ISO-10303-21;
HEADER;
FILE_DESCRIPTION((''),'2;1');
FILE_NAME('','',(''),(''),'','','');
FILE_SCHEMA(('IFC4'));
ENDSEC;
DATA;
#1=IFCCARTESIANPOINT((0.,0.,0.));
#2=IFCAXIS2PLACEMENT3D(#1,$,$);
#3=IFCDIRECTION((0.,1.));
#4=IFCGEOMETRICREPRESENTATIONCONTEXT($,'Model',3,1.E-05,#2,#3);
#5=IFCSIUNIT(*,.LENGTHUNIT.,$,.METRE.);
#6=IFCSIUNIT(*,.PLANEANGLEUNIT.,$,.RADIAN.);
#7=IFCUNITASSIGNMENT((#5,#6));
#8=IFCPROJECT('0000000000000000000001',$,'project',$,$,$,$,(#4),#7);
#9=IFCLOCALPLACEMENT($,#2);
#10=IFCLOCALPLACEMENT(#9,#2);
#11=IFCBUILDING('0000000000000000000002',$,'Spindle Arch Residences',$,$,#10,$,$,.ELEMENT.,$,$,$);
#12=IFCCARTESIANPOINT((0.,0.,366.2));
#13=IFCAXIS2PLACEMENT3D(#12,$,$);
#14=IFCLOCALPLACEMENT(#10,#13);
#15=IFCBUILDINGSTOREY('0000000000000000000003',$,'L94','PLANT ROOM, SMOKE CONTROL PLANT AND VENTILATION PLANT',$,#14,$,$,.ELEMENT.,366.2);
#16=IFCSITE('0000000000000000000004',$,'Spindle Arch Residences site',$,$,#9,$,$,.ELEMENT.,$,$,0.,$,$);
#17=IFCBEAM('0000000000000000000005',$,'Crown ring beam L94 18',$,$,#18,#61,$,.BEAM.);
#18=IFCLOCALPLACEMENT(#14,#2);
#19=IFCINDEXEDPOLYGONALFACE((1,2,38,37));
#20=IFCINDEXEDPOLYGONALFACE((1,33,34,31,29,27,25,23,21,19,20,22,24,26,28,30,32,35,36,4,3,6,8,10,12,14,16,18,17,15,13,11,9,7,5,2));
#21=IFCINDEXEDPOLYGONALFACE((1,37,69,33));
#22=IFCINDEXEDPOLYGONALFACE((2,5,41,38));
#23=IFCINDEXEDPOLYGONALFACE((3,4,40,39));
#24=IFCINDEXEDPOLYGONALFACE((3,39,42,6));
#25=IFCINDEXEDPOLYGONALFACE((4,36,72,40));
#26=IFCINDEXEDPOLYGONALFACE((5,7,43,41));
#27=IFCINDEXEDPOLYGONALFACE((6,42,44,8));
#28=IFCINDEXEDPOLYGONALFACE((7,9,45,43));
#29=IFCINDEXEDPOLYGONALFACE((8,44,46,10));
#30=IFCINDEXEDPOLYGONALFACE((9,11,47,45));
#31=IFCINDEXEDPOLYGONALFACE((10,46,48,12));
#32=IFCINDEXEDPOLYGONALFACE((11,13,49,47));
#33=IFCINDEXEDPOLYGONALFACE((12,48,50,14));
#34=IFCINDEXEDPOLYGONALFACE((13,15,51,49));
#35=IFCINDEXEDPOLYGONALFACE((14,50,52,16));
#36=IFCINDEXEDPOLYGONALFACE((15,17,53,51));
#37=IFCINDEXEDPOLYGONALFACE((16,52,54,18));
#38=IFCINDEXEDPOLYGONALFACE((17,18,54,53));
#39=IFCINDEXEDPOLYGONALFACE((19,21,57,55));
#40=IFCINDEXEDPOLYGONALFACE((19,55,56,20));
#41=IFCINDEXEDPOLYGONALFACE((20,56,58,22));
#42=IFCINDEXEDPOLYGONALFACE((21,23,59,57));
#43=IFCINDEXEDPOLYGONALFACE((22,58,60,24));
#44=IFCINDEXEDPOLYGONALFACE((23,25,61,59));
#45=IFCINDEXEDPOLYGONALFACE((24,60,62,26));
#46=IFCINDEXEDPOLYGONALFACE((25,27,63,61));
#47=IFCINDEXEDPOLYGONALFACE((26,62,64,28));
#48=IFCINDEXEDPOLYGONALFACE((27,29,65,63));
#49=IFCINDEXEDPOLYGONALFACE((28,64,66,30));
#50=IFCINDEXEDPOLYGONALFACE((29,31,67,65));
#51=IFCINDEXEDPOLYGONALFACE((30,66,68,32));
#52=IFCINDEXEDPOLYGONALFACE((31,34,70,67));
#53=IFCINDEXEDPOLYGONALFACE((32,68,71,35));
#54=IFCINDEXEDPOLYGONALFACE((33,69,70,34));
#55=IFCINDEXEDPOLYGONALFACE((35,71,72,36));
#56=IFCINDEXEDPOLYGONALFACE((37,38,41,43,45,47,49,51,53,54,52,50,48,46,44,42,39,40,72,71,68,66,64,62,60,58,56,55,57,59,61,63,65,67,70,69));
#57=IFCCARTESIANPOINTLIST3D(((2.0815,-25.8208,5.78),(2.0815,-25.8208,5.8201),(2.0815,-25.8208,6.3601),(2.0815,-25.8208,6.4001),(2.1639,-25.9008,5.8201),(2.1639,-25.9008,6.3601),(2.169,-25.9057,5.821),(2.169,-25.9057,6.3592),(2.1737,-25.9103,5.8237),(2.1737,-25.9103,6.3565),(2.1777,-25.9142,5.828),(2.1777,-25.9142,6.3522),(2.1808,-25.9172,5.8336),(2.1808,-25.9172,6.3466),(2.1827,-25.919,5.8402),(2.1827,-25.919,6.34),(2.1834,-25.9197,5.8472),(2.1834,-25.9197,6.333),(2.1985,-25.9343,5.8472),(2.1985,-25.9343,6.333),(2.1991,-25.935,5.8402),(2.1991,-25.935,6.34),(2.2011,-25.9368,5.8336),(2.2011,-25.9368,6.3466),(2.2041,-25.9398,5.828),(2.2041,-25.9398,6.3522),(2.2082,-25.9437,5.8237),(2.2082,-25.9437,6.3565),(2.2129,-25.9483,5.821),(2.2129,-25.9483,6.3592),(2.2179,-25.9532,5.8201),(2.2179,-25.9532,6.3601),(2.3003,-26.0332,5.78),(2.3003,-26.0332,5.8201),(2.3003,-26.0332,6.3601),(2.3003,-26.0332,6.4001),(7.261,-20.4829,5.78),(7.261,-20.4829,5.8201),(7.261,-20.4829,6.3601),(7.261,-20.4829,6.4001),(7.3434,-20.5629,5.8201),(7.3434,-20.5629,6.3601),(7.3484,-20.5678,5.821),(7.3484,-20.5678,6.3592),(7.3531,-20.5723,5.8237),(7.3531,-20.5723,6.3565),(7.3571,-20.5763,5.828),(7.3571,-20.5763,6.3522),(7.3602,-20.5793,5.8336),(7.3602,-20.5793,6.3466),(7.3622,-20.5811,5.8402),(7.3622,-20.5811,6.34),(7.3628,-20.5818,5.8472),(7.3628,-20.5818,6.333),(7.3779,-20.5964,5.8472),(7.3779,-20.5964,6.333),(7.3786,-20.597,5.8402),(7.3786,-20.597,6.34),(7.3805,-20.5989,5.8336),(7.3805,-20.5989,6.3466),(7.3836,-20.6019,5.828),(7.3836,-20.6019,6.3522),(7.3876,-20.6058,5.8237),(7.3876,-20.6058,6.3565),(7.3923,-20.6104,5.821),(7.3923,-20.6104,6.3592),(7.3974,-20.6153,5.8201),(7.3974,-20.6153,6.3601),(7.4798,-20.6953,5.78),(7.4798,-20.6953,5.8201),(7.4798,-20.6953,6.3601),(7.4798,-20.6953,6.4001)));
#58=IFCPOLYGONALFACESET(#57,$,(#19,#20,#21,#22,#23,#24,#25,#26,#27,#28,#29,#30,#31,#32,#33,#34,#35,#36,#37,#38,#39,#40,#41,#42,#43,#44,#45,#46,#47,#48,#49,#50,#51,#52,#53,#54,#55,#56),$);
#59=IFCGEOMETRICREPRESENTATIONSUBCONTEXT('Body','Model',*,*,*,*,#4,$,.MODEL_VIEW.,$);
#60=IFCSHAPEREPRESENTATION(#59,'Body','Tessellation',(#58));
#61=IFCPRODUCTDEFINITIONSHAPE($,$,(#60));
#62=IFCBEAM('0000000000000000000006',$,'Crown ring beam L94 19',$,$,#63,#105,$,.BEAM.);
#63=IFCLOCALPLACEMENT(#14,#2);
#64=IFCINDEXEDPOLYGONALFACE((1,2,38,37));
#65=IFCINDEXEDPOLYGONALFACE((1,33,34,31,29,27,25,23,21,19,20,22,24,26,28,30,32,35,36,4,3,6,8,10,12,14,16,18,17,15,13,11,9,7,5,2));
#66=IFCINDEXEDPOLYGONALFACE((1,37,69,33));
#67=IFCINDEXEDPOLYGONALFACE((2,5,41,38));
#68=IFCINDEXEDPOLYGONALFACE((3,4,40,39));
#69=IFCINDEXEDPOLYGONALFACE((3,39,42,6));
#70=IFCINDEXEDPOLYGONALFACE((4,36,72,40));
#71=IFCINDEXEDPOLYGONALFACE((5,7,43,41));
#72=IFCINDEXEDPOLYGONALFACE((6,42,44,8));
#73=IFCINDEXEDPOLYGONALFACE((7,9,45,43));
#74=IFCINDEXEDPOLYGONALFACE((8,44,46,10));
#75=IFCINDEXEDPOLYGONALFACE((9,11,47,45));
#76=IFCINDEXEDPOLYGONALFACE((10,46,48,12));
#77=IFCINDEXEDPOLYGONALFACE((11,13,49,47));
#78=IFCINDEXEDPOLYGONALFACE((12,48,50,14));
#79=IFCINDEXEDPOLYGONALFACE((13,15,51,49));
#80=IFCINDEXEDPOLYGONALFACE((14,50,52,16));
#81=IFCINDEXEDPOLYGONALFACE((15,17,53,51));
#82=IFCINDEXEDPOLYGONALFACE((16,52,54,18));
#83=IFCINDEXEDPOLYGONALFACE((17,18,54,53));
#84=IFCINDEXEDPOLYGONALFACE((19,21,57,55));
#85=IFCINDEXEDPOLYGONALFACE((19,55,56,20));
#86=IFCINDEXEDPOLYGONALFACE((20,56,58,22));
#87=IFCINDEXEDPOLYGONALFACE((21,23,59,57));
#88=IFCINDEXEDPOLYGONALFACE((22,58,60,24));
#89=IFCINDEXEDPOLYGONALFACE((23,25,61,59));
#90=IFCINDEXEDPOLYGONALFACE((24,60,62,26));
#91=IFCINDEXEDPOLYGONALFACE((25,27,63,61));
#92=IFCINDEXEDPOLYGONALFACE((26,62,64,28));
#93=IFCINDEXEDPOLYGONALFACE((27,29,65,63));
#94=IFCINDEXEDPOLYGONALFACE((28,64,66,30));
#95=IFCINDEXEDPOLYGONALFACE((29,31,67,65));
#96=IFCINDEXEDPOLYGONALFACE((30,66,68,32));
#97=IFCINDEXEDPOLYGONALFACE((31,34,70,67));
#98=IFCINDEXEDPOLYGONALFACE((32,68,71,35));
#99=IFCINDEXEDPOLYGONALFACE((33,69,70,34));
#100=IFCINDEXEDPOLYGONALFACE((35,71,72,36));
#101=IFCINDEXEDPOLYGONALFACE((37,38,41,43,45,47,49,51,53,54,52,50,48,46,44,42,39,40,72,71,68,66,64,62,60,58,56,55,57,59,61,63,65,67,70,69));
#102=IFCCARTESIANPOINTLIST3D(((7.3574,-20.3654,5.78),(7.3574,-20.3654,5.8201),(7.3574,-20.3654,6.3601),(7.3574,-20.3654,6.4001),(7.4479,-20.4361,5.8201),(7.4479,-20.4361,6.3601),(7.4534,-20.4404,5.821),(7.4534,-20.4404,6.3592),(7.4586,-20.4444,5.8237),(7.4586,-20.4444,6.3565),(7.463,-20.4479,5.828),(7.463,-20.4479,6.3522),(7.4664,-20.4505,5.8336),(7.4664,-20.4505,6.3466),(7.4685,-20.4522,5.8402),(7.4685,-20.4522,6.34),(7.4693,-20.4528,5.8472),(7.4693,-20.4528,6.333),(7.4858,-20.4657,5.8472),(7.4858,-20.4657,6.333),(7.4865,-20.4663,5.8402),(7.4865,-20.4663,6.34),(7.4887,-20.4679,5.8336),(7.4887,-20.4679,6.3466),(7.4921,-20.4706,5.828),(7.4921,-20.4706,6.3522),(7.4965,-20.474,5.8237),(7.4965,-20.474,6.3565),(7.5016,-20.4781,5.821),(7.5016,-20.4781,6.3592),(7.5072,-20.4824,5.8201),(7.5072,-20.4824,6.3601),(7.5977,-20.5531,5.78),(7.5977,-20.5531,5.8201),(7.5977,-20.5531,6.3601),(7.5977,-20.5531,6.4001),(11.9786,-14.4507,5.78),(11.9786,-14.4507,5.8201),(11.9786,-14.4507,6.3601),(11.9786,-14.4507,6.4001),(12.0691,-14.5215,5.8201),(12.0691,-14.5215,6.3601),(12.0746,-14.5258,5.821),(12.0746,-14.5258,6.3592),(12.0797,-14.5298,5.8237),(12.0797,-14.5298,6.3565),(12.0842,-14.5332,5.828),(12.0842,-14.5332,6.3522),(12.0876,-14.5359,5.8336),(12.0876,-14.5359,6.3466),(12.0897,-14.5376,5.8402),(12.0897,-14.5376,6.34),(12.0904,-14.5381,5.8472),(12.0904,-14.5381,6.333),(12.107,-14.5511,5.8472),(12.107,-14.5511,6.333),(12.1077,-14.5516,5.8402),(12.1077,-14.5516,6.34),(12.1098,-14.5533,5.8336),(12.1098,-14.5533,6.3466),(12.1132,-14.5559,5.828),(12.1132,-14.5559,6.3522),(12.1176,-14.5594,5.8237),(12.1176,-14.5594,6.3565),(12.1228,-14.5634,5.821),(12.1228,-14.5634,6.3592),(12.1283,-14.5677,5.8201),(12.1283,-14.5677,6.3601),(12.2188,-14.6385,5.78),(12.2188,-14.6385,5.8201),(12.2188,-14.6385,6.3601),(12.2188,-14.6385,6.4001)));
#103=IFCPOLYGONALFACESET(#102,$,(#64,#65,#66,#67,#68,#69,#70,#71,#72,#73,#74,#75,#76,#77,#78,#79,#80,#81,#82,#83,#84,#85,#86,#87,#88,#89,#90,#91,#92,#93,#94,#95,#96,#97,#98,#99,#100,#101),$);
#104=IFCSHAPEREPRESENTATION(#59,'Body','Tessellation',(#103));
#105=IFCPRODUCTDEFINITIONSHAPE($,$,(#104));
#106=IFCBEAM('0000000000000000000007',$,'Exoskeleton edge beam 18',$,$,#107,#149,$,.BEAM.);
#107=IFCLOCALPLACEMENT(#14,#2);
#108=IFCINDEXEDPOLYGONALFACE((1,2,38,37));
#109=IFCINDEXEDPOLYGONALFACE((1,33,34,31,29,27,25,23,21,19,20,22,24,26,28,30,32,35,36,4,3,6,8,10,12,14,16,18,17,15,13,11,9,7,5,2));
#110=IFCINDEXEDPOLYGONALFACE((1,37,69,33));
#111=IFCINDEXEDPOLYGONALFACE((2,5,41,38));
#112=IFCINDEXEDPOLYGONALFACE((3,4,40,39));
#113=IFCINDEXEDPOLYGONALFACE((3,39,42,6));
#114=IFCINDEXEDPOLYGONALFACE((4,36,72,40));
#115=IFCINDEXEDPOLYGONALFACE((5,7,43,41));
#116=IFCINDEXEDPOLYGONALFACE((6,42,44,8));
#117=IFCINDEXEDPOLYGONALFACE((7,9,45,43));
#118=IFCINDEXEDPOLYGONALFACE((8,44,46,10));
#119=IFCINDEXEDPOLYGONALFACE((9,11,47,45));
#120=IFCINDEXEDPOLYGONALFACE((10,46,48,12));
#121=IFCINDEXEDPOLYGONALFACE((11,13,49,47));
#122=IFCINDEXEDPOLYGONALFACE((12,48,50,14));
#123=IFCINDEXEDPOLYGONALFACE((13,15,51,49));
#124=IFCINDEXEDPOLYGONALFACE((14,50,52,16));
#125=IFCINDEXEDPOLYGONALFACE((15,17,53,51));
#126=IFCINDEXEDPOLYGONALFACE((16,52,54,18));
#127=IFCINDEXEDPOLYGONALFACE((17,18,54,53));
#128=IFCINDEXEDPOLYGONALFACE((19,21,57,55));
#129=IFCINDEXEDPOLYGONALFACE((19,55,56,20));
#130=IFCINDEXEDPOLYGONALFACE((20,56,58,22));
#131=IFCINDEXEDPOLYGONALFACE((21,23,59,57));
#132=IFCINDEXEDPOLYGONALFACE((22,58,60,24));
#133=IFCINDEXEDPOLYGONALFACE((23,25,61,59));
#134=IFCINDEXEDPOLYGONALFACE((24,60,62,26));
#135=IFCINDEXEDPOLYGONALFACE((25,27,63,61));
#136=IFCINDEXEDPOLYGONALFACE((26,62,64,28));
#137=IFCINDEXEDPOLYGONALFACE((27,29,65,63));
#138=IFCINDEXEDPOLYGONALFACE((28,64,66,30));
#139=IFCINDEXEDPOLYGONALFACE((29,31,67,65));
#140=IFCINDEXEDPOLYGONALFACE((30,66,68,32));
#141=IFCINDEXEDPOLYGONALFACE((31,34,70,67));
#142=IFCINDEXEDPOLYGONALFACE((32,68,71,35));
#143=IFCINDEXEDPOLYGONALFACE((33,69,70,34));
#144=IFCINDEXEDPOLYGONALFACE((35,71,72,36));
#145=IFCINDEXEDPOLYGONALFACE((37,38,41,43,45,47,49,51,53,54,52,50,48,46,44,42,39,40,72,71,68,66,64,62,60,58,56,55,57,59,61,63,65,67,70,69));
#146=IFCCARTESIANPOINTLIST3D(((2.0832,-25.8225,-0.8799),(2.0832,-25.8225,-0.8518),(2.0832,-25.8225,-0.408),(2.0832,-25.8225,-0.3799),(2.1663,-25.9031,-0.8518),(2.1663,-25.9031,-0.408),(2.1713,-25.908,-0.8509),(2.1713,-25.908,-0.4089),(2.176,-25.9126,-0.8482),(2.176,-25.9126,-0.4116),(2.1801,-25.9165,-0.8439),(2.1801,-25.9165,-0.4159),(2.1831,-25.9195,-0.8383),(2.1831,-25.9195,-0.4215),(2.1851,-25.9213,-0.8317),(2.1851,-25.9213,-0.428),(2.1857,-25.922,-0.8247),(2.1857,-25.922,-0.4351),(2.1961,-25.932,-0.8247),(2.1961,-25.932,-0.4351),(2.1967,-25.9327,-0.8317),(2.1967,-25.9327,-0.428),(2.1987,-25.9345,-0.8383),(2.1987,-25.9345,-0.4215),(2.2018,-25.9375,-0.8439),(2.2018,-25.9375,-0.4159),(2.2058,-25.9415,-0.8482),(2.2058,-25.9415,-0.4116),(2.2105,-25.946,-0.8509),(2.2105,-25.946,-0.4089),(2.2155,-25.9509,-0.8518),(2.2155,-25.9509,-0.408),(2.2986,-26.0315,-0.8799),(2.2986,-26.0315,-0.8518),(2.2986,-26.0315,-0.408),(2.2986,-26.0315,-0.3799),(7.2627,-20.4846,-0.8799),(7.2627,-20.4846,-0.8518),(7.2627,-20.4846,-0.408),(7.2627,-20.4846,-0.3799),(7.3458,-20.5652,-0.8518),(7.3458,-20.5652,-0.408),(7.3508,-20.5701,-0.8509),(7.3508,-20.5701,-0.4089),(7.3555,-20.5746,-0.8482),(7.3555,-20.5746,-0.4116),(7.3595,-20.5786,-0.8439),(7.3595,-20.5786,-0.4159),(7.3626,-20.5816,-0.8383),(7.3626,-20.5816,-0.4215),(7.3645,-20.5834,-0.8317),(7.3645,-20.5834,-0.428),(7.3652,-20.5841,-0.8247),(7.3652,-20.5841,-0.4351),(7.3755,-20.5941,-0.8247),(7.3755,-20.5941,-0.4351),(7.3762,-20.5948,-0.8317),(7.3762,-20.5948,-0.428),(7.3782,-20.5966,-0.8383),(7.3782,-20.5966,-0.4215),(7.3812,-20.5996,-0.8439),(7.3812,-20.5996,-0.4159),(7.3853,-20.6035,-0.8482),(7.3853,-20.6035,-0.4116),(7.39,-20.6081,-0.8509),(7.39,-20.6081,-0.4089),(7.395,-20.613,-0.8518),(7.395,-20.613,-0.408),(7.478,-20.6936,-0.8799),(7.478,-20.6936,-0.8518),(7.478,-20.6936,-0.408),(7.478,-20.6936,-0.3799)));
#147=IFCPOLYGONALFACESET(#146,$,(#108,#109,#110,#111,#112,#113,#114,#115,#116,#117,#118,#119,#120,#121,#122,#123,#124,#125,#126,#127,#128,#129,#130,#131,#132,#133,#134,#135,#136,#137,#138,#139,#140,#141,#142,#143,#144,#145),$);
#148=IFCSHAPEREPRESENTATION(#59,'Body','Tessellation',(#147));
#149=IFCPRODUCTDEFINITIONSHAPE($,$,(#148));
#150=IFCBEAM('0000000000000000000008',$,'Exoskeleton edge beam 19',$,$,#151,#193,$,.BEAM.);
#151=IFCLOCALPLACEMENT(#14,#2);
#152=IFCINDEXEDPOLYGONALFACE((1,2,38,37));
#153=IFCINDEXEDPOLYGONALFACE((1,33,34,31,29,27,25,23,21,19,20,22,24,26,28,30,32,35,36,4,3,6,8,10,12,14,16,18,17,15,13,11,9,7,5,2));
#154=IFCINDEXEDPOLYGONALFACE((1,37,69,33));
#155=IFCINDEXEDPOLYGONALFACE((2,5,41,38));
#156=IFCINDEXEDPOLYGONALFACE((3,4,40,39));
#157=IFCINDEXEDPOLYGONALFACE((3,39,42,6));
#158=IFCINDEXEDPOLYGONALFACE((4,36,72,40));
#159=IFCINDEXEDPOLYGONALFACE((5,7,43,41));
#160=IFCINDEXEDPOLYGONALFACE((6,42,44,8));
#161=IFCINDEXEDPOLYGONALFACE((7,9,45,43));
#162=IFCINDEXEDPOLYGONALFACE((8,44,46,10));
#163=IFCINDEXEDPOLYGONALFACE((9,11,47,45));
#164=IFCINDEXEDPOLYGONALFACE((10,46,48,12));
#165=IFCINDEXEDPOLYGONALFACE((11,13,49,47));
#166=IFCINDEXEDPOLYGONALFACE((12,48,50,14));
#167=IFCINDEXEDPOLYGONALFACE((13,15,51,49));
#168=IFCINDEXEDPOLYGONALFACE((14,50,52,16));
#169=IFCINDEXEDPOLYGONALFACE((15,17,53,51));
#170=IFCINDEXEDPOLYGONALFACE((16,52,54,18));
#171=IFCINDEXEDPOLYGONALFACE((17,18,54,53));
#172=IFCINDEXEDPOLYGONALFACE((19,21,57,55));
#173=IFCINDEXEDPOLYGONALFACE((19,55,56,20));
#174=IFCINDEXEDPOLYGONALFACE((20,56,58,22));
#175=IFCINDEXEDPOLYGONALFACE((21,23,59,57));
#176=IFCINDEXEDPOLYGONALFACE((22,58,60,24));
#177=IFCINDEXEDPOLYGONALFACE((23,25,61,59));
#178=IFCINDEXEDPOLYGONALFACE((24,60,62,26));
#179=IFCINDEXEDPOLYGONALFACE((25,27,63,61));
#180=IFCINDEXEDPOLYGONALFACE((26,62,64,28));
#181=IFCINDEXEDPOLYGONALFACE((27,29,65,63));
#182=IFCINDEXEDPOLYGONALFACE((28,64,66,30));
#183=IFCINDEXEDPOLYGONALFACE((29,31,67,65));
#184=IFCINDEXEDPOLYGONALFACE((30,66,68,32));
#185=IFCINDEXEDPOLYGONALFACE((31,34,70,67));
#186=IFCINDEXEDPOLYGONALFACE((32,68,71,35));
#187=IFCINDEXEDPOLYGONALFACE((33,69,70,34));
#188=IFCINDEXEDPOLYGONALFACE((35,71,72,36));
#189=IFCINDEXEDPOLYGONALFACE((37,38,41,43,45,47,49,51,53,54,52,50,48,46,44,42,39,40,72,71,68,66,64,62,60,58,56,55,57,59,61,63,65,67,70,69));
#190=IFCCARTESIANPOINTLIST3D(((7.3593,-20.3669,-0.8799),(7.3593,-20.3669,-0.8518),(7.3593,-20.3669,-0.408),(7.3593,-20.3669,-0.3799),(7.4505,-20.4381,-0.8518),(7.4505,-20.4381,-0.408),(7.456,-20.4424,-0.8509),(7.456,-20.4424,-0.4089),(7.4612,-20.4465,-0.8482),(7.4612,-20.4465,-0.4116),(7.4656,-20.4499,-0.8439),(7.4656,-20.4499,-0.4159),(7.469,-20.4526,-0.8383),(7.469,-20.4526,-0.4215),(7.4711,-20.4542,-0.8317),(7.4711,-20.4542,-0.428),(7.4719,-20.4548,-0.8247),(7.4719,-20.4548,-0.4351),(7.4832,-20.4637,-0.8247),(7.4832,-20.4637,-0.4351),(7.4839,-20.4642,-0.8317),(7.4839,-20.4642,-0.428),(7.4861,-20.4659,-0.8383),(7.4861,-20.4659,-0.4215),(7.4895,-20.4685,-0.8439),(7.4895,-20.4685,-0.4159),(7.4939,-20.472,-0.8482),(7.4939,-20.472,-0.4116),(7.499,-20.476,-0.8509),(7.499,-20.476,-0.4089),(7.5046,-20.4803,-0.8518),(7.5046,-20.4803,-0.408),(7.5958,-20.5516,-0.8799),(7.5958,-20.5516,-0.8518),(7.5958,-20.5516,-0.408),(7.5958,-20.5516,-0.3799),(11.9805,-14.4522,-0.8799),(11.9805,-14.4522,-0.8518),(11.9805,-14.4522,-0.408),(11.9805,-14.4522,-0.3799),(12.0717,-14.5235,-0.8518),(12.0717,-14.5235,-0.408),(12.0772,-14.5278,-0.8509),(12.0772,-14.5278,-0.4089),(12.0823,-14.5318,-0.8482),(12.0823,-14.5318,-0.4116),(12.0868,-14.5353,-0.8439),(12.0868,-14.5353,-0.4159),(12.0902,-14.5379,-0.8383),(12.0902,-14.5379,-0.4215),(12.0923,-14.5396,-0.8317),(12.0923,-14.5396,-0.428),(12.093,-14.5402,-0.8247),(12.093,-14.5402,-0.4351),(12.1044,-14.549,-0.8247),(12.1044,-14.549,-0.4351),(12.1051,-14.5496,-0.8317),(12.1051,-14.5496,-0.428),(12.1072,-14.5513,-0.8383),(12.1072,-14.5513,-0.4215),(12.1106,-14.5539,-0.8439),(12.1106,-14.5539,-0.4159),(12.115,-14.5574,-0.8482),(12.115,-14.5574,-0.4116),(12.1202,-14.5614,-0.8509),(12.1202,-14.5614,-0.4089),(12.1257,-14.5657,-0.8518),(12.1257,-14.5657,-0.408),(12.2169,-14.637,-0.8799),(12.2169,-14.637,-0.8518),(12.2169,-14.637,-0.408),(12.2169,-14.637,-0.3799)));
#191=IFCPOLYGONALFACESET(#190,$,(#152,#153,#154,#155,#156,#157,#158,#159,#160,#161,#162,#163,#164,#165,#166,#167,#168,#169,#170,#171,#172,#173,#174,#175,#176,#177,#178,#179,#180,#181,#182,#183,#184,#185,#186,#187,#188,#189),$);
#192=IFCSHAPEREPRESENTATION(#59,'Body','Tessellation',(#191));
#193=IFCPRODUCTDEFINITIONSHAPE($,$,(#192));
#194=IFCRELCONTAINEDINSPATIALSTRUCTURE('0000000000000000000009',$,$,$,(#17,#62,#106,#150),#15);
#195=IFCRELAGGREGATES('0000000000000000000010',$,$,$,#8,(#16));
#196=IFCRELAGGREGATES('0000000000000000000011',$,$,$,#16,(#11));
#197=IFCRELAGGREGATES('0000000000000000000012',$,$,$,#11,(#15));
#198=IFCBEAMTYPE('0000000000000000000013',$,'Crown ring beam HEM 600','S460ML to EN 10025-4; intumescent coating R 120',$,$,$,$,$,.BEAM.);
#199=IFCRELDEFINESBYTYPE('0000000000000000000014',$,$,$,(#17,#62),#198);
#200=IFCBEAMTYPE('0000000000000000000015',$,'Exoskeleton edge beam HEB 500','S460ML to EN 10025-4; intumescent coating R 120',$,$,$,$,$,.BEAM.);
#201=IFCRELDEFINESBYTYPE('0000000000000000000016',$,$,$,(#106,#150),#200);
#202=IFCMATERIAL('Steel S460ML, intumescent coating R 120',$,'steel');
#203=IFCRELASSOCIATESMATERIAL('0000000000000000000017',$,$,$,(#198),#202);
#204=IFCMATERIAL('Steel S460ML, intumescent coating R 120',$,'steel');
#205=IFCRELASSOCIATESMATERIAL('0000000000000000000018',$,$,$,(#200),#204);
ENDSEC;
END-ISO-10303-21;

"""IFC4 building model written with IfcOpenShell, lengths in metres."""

from ifc_helpers import new_model, si_unit, direction, frame, origin, origin_2d, place, context, subcontext, project, spatial, i_section, extrude, material, material_profile, profile_set, type_object, element, save


model = new_model("IFC4")

# Units and contexts
model_context = context("Model", 3, precision=1e-05, world=origin(), true_north=direction((0.0, 1.0)))
body_context = subcontext(model_context, "Body", "Model", "MODEL_VIEW")
ifc_project = project(units=[si_unit("LENGTHUNIT", "METRE"), si_unit("PLANEANGLEUNIT", "RADIAN")], contexts=[model_context])

# Site, building, storey
site_placement = place(None, origin())
site = spatial("IfcSite", under=ifc_project, at=site_placement, Name="Spindle Arch Residences site", CompositionType="ELEMENT", RefElevation=0.0)
building_placement = place(site_placement, origin())
building = spatial("IfcBuilding", under=site, at=building_placement, Name="Spindle Arch Residences", CompositionType="ELEMENT")
storey_placement = place(building_placement, frame((0.0, 0.0, 366.2)))
storey = spatial("IfcBuildingStorey", under=building, at=storey_placement, Name="L94", Description="PLANT ROOM, SMOKE CONTROL PLANT AND VENTILATION PLANT", CompositionType="ELEMENT", Elevation=366.2)

# Beams
ifc_material_1 = material(Name="Steel S460ML, intumescent coating R 120", Category="steel")
ifc_material_profile_1 = material_profile(ifc_material_1, i_section(OverallWidth=0.3049, OverallDepth=0.6201, WebThickness=0.021, FlangeThickness=0.04, FilletRadius=0.0271, at=origin_2d()), Name="HEM 600")
ifc_profile_set_1 = profile_set([ifc_material_profile_1], Name="Steel S460ML, intumescent coating R 120")
beam_type_1 = type_object("IfcBeamType", Name="Crown ring beam HEM 600", Description="S460ML to EN 10025-4; intumescent coating R 120", PredefinedType="BEAM", material=ifc_profile_set_1)
beam_1_placement = place(storey_placement, frame((2.1909, -25.927, 6.0901), z_axis=(0.696375, 0.717678, 0.0), x_axis=(-0.717678, 0.696375, 0.0)))
element("IfcBeam", 1, at=beam_1_placement, inside=storey, type_object=beam_type_1, Name="Crown ring beam L94 18", PredefinedType="BEAM", context=body_context, shape_type="SweptSolid", body=[
    extrude(i_section(OverallWidth=0.3049, OverallDepth=0.6201, WebThickness=0.021, FlangeThickness=0.04, FilletRadius=0.0271, at=origin_2d()), origin(), (0.0, 0.0, 1.0), 7.4377),
])
beam_2_placement = place(storey_placement, frame((7.4775, -20.4592, 6.0901), z_axis=(0.615673, 0.788002, 0.0), x_axis=(-0.788002, 0.615673, 0.0)))
element("IfcBeam", 2, at=beam_2_placement, inside=storey, type_object=beam_type_1, Name="Crown ring beam L94 19", PredefinedType="BEAM", context=body_context, shape_type="SweptSolid", body=[
    extrude(i_section(OverallWidth=0.3049, OverallDepth=0.6201, WebThickness=0.021, FlangeThickness=0.04, FilletRadius=0.0271, at=origin_2d()), origin(), (0.0, 0.0, 1.0), 7.5059),
])
ifc_material_2 = material(Name="Steel S460ML, intumescent coating R 120", Category="steel")
ifc_material_profile_2 = material_profile(ifc_material_2, i_section(OverallWidth=0.3, OverallDepth=0.5, WebThickness=0.0144, FlangeThickness=0.0281, FilletRadius=0.0271, at=origin_2d()), Name="HEB 500")
ifc_profile_set_2 = profile_set([ifc_material_profile_2], Name="Steel S460ML, intumescent coating R 120")
beam_type_2 = type_object("IfcBeamType", Name="Exoskeleton edge beam HEB 500", Description="S460ML to EN 10025-4; intumescent coating R 120", PredefinedType="BEAM", material=ifc_profile_set_2)
beam_3_placement = place(storey_placement, frame((2.1909, -25.927, -0.6299), z_axis=(0.696375, 0.717678, 0.0), x_axis=(-0.717678, 0.696375, 0.0)))
element("IfcBeam", 3, at=beam_3_placement, inside=storey, type_object=beam_type_2, Name="Exoskeleton edge beam 18", PredefinedType="BEAM", context=body_context, shape_type="SweptSolid", body=[
    extrude(i_section(OverallWidth=0.3, OverallDepth=0.5, WebThickness=0.0144, FlangeThickness=0.0281, FilletRadius=0.0271, at=origin_2d()), origin(), (0.0, 0.0, 1.0), 7.4377),
])
beam_4_placement = place(storey_placement, frame((7.4775, -20.4592, -0.6299), z_axis=(0.615673, 0.788002, 0.0), x_axis=(-0.788002, 0.615673, 0.0)))
element("IfcBeam", 4, at=beam_4_placement, inside=storey, type_object=beam_type_2, Name="Exoskeleton edge beam 19", PredefinedType="BEAM", context=body_context, shape_type="SweptSolid", body=[
    extrude(i_section(OverallWidth=0.3, OverallDepth=0.5, WebThickness=0.0144, FlangeThickness=0.0281, FilletRadius=0.0271, at=origin_2d()), origin(), (0.0, 0.0, 1.0), 7.5059),
])

save(model, "model.ifc")
